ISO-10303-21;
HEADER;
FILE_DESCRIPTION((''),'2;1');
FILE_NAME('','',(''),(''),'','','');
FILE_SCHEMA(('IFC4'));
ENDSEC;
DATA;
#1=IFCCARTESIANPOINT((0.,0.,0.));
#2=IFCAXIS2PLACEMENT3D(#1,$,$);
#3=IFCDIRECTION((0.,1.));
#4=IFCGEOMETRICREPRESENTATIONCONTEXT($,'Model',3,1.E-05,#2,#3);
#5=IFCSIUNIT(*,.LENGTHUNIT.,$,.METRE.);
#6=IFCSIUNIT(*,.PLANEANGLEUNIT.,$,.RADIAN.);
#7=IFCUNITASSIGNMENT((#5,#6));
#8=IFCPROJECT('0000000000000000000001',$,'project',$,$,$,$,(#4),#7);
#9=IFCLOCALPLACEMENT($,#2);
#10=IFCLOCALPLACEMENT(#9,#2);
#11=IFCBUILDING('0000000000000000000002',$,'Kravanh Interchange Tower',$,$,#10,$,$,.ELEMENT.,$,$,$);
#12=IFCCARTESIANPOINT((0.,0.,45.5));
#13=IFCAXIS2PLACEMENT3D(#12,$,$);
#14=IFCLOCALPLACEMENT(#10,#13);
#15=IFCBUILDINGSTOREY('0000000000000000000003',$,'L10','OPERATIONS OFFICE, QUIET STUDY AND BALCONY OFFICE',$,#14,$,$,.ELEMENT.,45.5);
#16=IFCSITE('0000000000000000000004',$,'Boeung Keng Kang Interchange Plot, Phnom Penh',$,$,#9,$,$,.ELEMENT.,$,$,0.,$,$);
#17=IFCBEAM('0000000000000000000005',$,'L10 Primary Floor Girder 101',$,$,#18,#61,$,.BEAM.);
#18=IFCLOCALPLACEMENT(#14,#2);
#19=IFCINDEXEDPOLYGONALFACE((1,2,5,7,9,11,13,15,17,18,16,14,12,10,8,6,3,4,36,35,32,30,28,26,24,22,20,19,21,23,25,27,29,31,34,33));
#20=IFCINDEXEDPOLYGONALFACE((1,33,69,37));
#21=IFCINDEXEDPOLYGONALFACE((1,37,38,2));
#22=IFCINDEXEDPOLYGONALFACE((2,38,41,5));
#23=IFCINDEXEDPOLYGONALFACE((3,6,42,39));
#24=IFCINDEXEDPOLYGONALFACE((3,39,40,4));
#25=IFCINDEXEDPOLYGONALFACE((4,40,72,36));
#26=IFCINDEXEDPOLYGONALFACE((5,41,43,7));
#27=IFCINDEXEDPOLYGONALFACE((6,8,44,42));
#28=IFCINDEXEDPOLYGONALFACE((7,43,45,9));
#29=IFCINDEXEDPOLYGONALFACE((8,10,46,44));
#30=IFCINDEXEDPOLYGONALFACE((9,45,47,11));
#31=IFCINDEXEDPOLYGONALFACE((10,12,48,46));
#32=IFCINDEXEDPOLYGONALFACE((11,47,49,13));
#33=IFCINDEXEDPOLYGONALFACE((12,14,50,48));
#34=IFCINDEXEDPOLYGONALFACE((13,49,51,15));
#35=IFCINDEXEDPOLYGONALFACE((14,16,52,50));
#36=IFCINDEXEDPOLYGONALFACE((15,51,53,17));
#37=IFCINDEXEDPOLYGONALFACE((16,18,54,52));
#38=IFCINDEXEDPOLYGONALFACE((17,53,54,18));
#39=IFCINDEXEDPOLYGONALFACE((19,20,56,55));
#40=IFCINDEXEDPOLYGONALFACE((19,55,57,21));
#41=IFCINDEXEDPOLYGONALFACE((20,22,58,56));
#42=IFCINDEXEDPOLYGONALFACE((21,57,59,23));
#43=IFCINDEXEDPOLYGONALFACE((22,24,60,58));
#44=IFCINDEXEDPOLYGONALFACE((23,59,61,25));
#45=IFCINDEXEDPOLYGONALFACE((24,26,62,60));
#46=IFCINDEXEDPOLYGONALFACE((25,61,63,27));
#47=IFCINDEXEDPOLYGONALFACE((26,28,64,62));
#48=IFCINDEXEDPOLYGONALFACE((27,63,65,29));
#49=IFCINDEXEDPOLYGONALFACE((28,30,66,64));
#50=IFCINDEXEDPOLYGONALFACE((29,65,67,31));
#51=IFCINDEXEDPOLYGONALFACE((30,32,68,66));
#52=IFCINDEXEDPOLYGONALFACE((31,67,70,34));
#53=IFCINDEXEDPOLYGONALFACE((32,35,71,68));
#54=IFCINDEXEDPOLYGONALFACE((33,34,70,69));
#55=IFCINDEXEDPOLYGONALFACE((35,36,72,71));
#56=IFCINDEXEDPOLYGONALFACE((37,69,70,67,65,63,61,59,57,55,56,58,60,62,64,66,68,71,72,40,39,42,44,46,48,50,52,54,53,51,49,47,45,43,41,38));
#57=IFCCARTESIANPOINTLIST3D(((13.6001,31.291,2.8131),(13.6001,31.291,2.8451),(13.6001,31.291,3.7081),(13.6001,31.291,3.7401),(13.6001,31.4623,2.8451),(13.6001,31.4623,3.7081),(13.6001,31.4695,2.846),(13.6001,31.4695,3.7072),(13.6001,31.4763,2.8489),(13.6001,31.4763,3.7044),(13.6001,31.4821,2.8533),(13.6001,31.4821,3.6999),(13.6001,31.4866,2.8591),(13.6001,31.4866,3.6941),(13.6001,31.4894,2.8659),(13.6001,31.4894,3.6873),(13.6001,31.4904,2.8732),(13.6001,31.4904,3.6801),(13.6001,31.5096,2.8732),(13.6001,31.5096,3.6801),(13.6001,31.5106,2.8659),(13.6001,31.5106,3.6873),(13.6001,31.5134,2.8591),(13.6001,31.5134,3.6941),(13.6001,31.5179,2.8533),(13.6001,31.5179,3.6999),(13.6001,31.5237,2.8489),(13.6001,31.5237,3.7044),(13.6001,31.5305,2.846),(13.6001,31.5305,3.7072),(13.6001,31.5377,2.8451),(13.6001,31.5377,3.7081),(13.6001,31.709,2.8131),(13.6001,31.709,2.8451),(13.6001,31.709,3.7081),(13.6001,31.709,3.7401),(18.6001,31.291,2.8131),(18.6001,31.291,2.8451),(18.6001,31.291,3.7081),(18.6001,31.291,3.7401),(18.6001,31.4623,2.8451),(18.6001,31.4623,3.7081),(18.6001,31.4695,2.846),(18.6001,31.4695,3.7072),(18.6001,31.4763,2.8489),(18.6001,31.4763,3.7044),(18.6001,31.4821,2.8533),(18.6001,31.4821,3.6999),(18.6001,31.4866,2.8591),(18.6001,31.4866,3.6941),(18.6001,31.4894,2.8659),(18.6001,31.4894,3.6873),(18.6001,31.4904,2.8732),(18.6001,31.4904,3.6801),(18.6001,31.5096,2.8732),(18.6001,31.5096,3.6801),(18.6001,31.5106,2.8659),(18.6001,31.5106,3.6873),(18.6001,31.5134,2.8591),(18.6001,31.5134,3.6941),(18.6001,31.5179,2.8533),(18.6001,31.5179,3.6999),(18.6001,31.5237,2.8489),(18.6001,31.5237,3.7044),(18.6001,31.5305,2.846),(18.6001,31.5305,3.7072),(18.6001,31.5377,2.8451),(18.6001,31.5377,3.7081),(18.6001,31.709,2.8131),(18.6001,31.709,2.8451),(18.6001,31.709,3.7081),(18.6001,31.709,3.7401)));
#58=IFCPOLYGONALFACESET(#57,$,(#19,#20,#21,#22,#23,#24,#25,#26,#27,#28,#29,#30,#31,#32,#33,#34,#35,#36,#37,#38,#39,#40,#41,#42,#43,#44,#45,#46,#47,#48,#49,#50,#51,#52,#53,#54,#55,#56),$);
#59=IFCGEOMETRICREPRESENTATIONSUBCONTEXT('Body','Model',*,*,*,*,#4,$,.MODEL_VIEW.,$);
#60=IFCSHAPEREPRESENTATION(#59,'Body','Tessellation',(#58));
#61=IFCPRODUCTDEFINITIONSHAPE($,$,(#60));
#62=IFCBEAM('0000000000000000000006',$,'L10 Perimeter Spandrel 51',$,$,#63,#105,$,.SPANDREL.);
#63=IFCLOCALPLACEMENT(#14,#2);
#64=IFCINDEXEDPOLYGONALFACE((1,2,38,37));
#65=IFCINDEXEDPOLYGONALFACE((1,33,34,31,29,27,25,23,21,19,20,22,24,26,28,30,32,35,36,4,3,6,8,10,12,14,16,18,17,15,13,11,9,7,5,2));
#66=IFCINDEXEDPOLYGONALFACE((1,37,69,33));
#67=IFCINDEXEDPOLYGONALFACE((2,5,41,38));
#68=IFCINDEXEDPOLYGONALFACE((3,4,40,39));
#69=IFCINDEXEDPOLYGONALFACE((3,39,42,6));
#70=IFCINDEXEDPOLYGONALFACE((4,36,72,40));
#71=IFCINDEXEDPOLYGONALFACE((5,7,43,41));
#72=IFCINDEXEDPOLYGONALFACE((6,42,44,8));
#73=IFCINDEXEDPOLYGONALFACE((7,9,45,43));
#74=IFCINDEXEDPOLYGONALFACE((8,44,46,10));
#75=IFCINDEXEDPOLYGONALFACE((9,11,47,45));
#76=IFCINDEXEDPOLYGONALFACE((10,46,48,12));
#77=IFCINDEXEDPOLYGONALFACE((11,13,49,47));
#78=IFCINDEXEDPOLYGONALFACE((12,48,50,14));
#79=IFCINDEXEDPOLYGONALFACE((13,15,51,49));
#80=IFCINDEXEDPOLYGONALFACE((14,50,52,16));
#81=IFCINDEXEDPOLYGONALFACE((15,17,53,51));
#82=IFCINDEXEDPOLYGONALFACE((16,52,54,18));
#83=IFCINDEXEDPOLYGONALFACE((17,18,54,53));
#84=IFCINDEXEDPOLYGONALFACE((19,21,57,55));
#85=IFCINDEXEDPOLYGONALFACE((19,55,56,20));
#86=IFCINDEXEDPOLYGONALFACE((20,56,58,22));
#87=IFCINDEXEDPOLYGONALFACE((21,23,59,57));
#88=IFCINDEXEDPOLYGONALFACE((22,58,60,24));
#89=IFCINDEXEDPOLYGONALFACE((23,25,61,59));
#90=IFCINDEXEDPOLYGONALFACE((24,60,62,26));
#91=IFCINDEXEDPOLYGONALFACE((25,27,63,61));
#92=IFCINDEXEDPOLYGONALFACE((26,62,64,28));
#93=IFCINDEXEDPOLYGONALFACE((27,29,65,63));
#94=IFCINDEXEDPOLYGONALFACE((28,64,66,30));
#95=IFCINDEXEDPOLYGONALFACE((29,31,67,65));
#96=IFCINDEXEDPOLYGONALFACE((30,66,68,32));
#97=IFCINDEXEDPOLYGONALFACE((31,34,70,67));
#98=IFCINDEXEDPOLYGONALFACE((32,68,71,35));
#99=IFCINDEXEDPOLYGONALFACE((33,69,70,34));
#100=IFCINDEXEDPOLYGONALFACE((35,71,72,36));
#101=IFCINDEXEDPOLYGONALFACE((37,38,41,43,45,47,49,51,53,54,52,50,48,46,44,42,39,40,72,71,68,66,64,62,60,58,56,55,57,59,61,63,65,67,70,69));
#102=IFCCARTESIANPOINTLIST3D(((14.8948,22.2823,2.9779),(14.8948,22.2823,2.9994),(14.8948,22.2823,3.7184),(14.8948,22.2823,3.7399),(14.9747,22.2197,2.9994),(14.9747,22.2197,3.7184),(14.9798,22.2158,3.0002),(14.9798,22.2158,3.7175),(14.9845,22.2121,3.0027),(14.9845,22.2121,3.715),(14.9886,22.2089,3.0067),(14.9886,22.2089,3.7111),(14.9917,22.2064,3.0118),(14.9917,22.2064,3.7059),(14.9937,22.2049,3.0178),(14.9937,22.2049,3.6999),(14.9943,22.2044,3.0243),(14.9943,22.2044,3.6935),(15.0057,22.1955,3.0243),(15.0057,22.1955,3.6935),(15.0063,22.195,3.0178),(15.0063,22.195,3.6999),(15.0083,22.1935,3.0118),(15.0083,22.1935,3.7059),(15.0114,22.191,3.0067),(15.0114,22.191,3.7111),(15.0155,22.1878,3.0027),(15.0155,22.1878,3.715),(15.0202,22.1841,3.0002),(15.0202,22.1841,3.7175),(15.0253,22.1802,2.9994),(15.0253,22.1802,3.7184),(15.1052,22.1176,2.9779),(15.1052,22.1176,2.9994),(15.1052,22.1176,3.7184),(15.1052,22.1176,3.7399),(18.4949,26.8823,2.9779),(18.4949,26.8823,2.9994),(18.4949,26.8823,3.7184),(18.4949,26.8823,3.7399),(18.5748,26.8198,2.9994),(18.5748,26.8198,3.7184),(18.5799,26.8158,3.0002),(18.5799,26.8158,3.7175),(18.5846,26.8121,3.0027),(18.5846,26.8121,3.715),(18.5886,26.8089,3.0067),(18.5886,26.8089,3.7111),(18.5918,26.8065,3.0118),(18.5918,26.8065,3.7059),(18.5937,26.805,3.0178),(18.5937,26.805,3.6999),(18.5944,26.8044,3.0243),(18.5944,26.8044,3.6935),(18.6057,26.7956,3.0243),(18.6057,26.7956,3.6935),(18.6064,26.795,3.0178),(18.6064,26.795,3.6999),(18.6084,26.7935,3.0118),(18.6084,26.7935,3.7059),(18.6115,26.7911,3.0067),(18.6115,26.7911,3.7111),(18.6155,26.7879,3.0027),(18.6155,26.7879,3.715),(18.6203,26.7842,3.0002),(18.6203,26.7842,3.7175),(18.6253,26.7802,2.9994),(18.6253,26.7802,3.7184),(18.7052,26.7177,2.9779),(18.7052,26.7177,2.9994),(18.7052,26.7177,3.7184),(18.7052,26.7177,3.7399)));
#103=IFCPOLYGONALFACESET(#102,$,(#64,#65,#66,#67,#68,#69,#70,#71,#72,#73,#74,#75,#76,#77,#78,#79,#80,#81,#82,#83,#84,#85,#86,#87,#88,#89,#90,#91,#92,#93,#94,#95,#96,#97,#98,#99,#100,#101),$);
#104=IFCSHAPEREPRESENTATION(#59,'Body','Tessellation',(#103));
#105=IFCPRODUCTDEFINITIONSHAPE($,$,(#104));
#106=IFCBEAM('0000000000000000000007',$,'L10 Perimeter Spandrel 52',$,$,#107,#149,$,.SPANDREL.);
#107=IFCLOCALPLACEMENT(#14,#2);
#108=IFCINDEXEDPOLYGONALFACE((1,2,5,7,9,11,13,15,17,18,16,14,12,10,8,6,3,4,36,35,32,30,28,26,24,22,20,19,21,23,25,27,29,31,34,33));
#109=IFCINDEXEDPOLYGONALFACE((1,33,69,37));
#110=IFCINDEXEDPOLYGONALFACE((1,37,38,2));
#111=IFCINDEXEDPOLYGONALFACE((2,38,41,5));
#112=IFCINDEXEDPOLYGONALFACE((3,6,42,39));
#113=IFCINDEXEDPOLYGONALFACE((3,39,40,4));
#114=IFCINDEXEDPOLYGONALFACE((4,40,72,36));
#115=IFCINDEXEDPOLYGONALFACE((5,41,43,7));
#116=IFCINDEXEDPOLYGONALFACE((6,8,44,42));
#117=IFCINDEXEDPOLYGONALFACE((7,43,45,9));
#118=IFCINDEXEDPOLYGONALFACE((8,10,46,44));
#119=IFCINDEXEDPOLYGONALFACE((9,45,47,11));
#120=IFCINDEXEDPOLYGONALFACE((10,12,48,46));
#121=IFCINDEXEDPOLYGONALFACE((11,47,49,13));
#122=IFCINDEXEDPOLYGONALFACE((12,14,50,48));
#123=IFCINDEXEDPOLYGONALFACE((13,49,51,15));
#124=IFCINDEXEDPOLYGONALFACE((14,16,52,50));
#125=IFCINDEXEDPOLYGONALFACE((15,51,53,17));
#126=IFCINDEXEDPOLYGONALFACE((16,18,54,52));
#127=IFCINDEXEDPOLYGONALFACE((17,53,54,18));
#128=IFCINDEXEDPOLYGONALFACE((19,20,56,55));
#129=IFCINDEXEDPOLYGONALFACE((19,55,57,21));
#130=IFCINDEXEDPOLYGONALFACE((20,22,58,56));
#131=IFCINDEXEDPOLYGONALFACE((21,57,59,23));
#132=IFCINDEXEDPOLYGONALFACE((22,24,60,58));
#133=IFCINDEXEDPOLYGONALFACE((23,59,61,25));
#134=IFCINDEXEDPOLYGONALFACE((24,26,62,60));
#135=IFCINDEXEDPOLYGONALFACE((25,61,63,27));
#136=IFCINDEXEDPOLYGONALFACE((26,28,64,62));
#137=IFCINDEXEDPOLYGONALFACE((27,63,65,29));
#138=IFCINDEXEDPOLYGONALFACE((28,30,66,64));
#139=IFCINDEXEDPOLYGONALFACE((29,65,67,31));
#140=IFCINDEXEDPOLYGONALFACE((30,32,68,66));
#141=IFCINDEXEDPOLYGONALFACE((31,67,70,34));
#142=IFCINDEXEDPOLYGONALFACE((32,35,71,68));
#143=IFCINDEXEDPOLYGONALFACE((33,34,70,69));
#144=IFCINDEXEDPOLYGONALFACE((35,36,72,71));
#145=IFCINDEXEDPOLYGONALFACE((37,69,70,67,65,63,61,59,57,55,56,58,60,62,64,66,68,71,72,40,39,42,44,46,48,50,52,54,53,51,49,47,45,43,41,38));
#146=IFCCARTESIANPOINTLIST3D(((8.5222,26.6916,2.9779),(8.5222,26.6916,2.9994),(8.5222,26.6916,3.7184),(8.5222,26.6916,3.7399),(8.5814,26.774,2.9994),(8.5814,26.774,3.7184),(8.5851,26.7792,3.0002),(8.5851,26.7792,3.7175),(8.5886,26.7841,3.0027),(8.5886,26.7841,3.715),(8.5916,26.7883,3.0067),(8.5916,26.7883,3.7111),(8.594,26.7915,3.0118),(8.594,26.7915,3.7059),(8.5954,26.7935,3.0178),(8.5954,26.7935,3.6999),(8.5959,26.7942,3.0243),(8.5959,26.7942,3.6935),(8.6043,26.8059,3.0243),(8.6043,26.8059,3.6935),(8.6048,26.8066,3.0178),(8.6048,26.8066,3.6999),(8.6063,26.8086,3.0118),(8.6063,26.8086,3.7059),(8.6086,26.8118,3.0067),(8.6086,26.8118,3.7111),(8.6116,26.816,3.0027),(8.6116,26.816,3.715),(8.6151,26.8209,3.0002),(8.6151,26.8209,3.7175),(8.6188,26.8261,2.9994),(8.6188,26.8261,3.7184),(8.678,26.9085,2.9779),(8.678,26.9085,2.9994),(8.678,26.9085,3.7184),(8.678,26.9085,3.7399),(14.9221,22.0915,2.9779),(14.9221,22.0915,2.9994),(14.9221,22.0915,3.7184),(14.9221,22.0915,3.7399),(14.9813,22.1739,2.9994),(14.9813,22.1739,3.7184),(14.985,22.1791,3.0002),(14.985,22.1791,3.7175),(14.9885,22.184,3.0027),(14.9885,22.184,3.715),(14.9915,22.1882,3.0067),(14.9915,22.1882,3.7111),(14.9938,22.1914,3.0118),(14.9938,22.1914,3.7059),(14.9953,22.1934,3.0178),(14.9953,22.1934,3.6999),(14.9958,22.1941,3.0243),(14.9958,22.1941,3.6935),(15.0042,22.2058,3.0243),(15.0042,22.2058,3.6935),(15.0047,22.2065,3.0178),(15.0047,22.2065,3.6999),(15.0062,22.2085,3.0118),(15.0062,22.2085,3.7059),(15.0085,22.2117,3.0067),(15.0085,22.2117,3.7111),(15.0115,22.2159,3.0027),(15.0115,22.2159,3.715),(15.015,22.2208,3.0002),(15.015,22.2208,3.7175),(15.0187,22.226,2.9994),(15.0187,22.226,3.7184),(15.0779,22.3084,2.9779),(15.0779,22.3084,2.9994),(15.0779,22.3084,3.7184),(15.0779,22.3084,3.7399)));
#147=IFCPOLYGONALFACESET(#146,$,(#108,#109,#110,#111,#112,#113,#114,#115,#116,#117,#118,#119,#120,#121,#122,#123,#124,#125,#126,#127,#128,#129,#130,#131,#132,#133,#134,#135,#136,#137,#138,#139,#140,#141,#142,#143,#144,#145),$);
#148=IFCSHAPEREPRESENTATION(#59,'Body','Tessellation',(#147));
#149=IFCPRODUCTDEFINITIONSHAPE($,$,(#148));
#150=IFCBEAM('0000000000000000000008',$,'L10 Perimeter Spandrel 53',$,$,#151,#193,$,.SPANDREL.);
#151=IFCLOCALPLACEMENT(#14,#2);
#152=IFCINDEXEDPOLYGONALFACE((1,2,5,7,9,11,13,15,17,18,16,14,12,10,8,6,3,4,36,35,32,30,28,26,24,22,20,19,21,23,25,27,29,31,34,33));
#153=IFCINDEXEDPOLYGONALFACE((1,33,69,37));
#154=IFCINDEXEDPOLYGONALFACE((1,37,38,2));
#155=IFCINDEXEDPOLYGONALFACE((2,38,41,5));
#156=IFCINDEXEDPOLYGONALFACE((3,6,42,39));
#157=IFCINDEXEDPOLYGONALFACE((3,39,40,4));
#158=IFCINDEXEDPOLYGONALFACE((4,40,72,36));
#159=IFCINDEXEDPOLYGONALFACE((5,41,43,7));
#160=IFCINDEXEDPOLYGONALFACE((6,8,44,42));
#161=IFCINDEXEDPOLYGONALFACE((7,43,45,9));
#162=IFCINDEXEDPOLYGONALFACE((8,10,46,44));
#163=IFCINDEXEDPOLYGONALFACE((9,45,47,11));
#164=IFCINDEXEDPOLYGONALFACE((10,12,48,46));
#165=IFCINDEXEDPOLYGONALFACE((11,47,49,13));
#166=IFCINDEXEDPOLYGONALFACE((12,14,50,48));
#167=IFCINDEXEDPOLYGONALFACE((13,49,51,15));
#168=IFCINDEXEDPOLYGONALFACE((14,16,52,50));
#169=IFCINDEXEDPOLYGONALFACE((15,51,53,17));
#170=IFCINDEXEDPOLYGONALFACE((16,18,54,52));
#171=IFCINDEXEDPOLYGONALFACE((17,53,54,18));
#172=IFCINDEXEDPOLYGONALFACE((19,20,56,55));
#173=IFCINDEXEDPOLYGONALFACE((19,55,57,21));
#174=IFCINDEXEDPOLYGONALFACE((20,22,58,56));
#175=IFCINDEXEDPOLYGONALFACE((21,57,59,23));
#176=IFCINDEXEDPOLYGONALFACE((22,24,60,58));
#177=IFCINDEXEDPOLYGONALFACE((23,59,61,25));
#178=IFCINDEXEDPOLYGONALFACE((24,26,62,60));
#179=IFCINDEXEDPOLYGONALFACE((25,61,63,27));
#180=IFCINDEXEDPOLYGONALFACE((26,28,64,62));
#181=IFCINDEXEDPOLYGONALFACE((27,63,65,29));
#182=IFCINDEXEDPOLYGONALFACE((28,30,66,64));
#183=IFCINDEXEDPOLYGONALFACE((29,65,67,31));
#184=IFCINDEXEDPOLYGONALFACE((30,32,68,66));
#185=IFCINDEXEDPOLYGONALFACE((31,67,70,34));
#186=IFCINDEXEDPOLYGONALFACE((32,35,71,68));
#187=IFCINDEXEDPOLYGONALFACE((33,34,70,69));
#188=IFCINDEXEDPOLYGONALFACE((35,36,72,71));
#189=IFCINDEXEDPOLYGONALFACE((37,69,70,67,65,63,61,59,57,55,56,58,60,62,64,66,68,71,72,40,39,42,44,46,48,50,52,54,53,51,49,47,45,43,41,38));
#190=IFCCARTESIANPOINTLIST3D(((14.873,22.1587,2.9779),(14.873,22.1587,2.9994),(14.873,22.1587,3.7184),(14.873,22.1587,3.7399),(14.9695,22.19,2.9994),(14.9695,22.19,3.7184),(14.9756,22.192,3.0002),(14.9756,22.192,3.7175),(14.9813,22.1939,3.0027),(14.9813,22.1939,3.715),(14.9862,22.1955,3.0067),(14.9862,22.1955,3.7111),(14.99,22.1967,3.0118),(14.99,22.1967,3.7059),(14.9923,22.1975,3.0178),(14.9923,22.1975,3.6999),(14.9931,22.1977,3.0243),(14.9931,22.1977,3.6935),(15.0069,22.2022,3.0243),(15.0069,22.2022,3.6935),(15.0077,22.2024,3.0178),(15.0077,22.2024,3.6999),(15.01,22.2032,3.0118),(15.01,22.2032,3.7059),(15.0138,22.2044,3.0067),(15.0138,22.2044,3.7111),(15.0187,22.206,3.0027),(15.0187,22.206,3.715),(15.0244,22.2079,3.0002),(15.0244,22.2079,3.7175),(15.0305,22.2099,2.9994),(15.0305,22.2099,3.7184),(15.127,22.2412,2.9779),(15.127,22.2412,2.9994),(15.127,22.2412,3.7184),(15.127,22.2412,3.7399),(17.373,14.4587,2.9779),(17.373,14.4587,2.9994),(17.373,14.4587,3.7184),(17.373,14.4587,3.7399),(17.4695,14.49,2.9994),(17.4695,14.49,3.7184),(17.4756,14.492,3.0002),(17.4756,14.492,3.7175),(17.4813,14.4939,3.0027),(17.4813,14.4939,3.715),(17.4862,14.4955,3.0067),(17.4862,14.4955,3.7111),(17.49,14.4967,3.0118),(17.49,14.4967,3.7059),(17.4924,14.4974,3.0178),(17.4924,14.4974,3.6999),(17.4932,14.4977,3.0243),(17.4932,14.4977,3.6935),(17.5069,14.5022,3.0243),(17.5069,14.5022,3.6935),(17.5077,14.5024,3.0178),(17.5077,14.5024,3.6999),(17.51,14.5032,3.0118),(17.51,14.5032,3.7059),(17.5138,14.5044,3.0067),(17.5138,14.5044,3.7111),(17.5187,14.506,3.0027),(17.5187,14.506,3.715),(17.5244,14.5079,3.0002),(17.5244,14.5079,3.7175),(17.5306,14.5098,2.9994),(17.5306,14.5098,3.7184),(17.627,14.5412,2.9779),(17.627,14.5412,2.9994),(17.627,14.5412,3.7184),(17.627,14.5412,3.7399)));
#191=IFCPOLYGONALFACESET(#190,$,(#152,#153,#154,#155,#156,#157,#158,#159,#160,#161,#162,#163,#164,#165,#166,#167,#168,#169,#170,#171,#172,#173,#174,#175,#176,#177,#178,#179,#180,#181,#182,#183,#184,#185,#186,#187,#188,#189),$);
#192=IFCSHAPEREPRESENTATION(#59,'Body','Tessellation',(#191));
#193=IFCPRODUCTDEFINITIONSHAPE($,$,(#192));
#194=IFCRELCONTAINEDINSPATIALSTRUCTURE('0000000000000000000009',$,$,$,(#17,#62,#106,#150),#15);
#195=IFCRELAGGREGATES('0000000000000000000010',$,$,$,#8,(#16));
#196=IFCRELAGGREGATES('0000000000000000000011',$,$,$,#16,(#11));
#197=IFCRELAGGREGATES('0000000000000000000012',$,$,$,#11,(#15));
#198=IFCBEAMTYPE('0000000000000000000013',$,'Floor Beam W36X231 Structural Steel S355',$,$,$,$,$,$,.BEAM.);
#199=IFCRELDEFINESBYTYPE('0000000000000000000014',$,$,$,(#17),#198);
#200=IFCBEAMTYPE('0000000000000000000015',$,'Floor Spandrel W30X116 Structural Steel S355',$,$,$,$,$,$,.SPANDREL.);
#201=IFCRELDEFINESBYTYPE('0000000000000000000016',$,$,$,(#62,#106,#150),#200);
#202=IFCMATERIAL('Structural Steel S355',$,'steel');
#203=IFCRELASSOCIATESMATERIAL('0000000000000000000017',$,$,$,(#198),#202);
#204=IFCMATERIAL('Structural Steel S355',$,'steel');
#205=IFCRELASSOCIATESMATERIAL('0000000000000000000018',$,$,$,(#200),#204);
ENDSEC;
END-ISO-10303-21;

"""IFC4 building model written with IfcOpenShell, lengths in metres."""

from ifc_helpers import new_model, si_unit, direction, frame, origin, origin_2d, place, context, subcontext, project, spatial, i_section, extrude, material, material_profile, profile_set, type_object, element, save


model = new_model("IFC4")

# Units and contexts
model_context = context("Model", 3, precision=1e-05, world=origin(), true_north=direction((0.0, 1.0)))
body_context = subcontext(model_context, "Body", "Model", "MODEL_VIEW")
ifc_project = project(units=[si_unit("LENGTHUNIT", "METRE"), si_unit("PLANEANGLEUNIT", "RADIAN")], contexts=[model_context])

# Site, building, storey
site_placement = place(None, origin())
site = spatial("IfcSite", under=ifc_project, at=site_placement, Name="Boeung Keng Kang Interchange Plot, Phnom Penh", CompositionType="ELEMENT", RefElevation=0.0)
building_placement = place(site_placement, origin())
building = spatial("IfcBuilding", under=site, at=building_placement, Name="Kravanh Interchange Tower", CompositionType="ELEMENT")
storey_placement = place(building_placement, frame((0.0, 0.0, 45.5)))
storey = spatial("IfcBuildingStorey", under=building, at=storey_placement, Name="L10", Description="OPERATIONS OFFICE, QUIET STUDY AND BALCONY OFFICE", CompositionType="ELEMENT", Elevation=45.5)

# Beams
ifc_material_1 = material(Name="Structural Steel S355", Category="steel")
ifc_material_profile_1 = material_profile(ifc_material_1, i_section(OverallWidth=0.418, OverallDepth=0.927, WebThickness=0.0193, FlangeThickness=0.032, FilletRadius=0.0281, at=origin_2d()), Name="W36X231")
ifc_profile_set_1 = profile_set([ifc_material_profile_1], Name="Structural Steel S355")
beam_type_1 = type_object("IfcBeamType", Name="Floor Beam W36X231 Structural Steel S355", PredefinedType="BEAM", material=ifc_profile_set_1)
for number, where, z_axis, x_axis, name in (
    (1, (13.6001, 31.5, 3.2766), (1.0, 0.0, 0.0), (0.0, 1.0, 0.0), "L10 Primary Floor Girder 101"),
):
    element("IfcBeam", number, at=place(storey_placement, frame(where, z_axis=z_axis, x_axis=x_axis)), inside=storey, type_object=beam_type_1, Name=name, PredefinedType="BEAM", context=body_context, shape_type="SweptSolid", body=[
        extrude(i_section(OverallWidth=0.418, OverallDepth=0.927, WebThickness=0.0193, FlangeThickness=0.032, FilletRadius=0.0281, at=origin_2d()), origin(), (0.0, 0.0, 1.0), 5.0),
    ])
ifc_material_2 = material(Name="Structural Steel S355", Category="steel")
ifc_material_profile_2 = material_profile(ifc_material_2, i_section(OverallWidth=0.2671, OverallDepth=0.762, WebThickness=0.0144, FlangeThickness=0.0215, FilletRadius=0.0249, at=origin_2d()), Name="W30X116")
ifc_profile_set_2 = profile_set([ifc_material_profile_2], Name="Structural Steel S355")
beam_type_2 = type_object("IfcBeamType", Name="Floor Spandrel W30X116 Structural Steel S355", PredefinedType="SPANDREL", material=ifc_profile_set_2)
beam_1_placement = place(storey_placement, frame((15.0, 22.2, 3.3589), z_axis=(0.616311, 0.787503, 0.0), x_axis=(-0.787503, 0.616311, 0.0)))
element("IfcBeam", 2, at=beam_1_placement, inside=storey, type_object=beam_type_2, Name="L10 Perimeter Spandrel 51", PredefinedType="SPANDREL", context=body_context, shape_type="SweptSolid", body=[
    extrude(i_section(OverallWidth=0.2671, OverallDepth=0.762, WebThickness=0.0144, FlangeThickness=0.0215, FilletRadius=0.0249, at=origin_2d()), origin(), (0.0, 0.0, 1.0), 5.8413),
])
beam_2_placement = place(storey_placement, frame((15.0, 22.2, 3.3589), z_axis=(-0.812005, 0.58365, 0.0), x_axis=(-0.58365, -0.812005, 0.0)))
element("IfcBeam", 3, at=beam_2_placement, inside=storey, type_object=beam_type_2, Name="L10 Perimeter Spandrel 52", PredefinedType="SPANDREL", context=body_context, shape_type="SweptSolid", body=[
    extrude(i_section(OverallWidth=0.2671, OverallDepth=0.762, WebThickness=0.0144, FlangeThickness=0.0215, FilletRadius=0.0249, at=origin_2d()), origin(), (0.0, 0.0, 1.0), 7.8816),
])
beam_3_placement = place(storey_placement, frame((15.0, 22.2, 3.3589), z_axis=(0.308809, -0.951124, 0.0), x_axis=(0.951124, 0.308809, 0.0)))
element("IfcBeam", 4, at=beam_3_placement, inside=storey, type_object=beam_type_2, Name="L10 Perimeter Spandrel 53", PredefinedType="SPANDREL", context=body_context, shape_type="SweptSolid", body=[
    extrude(i_section(OverallWidth=0.2671, OverallDepth=0.762, WebThickness=0.0144, FlangeThickness=0.0215, FilletRadius=0.0249, at=origin_2d()), origin(), (0.0, 0.0, 1.0), 8.0957),
])

save(model, "model.ifc")
